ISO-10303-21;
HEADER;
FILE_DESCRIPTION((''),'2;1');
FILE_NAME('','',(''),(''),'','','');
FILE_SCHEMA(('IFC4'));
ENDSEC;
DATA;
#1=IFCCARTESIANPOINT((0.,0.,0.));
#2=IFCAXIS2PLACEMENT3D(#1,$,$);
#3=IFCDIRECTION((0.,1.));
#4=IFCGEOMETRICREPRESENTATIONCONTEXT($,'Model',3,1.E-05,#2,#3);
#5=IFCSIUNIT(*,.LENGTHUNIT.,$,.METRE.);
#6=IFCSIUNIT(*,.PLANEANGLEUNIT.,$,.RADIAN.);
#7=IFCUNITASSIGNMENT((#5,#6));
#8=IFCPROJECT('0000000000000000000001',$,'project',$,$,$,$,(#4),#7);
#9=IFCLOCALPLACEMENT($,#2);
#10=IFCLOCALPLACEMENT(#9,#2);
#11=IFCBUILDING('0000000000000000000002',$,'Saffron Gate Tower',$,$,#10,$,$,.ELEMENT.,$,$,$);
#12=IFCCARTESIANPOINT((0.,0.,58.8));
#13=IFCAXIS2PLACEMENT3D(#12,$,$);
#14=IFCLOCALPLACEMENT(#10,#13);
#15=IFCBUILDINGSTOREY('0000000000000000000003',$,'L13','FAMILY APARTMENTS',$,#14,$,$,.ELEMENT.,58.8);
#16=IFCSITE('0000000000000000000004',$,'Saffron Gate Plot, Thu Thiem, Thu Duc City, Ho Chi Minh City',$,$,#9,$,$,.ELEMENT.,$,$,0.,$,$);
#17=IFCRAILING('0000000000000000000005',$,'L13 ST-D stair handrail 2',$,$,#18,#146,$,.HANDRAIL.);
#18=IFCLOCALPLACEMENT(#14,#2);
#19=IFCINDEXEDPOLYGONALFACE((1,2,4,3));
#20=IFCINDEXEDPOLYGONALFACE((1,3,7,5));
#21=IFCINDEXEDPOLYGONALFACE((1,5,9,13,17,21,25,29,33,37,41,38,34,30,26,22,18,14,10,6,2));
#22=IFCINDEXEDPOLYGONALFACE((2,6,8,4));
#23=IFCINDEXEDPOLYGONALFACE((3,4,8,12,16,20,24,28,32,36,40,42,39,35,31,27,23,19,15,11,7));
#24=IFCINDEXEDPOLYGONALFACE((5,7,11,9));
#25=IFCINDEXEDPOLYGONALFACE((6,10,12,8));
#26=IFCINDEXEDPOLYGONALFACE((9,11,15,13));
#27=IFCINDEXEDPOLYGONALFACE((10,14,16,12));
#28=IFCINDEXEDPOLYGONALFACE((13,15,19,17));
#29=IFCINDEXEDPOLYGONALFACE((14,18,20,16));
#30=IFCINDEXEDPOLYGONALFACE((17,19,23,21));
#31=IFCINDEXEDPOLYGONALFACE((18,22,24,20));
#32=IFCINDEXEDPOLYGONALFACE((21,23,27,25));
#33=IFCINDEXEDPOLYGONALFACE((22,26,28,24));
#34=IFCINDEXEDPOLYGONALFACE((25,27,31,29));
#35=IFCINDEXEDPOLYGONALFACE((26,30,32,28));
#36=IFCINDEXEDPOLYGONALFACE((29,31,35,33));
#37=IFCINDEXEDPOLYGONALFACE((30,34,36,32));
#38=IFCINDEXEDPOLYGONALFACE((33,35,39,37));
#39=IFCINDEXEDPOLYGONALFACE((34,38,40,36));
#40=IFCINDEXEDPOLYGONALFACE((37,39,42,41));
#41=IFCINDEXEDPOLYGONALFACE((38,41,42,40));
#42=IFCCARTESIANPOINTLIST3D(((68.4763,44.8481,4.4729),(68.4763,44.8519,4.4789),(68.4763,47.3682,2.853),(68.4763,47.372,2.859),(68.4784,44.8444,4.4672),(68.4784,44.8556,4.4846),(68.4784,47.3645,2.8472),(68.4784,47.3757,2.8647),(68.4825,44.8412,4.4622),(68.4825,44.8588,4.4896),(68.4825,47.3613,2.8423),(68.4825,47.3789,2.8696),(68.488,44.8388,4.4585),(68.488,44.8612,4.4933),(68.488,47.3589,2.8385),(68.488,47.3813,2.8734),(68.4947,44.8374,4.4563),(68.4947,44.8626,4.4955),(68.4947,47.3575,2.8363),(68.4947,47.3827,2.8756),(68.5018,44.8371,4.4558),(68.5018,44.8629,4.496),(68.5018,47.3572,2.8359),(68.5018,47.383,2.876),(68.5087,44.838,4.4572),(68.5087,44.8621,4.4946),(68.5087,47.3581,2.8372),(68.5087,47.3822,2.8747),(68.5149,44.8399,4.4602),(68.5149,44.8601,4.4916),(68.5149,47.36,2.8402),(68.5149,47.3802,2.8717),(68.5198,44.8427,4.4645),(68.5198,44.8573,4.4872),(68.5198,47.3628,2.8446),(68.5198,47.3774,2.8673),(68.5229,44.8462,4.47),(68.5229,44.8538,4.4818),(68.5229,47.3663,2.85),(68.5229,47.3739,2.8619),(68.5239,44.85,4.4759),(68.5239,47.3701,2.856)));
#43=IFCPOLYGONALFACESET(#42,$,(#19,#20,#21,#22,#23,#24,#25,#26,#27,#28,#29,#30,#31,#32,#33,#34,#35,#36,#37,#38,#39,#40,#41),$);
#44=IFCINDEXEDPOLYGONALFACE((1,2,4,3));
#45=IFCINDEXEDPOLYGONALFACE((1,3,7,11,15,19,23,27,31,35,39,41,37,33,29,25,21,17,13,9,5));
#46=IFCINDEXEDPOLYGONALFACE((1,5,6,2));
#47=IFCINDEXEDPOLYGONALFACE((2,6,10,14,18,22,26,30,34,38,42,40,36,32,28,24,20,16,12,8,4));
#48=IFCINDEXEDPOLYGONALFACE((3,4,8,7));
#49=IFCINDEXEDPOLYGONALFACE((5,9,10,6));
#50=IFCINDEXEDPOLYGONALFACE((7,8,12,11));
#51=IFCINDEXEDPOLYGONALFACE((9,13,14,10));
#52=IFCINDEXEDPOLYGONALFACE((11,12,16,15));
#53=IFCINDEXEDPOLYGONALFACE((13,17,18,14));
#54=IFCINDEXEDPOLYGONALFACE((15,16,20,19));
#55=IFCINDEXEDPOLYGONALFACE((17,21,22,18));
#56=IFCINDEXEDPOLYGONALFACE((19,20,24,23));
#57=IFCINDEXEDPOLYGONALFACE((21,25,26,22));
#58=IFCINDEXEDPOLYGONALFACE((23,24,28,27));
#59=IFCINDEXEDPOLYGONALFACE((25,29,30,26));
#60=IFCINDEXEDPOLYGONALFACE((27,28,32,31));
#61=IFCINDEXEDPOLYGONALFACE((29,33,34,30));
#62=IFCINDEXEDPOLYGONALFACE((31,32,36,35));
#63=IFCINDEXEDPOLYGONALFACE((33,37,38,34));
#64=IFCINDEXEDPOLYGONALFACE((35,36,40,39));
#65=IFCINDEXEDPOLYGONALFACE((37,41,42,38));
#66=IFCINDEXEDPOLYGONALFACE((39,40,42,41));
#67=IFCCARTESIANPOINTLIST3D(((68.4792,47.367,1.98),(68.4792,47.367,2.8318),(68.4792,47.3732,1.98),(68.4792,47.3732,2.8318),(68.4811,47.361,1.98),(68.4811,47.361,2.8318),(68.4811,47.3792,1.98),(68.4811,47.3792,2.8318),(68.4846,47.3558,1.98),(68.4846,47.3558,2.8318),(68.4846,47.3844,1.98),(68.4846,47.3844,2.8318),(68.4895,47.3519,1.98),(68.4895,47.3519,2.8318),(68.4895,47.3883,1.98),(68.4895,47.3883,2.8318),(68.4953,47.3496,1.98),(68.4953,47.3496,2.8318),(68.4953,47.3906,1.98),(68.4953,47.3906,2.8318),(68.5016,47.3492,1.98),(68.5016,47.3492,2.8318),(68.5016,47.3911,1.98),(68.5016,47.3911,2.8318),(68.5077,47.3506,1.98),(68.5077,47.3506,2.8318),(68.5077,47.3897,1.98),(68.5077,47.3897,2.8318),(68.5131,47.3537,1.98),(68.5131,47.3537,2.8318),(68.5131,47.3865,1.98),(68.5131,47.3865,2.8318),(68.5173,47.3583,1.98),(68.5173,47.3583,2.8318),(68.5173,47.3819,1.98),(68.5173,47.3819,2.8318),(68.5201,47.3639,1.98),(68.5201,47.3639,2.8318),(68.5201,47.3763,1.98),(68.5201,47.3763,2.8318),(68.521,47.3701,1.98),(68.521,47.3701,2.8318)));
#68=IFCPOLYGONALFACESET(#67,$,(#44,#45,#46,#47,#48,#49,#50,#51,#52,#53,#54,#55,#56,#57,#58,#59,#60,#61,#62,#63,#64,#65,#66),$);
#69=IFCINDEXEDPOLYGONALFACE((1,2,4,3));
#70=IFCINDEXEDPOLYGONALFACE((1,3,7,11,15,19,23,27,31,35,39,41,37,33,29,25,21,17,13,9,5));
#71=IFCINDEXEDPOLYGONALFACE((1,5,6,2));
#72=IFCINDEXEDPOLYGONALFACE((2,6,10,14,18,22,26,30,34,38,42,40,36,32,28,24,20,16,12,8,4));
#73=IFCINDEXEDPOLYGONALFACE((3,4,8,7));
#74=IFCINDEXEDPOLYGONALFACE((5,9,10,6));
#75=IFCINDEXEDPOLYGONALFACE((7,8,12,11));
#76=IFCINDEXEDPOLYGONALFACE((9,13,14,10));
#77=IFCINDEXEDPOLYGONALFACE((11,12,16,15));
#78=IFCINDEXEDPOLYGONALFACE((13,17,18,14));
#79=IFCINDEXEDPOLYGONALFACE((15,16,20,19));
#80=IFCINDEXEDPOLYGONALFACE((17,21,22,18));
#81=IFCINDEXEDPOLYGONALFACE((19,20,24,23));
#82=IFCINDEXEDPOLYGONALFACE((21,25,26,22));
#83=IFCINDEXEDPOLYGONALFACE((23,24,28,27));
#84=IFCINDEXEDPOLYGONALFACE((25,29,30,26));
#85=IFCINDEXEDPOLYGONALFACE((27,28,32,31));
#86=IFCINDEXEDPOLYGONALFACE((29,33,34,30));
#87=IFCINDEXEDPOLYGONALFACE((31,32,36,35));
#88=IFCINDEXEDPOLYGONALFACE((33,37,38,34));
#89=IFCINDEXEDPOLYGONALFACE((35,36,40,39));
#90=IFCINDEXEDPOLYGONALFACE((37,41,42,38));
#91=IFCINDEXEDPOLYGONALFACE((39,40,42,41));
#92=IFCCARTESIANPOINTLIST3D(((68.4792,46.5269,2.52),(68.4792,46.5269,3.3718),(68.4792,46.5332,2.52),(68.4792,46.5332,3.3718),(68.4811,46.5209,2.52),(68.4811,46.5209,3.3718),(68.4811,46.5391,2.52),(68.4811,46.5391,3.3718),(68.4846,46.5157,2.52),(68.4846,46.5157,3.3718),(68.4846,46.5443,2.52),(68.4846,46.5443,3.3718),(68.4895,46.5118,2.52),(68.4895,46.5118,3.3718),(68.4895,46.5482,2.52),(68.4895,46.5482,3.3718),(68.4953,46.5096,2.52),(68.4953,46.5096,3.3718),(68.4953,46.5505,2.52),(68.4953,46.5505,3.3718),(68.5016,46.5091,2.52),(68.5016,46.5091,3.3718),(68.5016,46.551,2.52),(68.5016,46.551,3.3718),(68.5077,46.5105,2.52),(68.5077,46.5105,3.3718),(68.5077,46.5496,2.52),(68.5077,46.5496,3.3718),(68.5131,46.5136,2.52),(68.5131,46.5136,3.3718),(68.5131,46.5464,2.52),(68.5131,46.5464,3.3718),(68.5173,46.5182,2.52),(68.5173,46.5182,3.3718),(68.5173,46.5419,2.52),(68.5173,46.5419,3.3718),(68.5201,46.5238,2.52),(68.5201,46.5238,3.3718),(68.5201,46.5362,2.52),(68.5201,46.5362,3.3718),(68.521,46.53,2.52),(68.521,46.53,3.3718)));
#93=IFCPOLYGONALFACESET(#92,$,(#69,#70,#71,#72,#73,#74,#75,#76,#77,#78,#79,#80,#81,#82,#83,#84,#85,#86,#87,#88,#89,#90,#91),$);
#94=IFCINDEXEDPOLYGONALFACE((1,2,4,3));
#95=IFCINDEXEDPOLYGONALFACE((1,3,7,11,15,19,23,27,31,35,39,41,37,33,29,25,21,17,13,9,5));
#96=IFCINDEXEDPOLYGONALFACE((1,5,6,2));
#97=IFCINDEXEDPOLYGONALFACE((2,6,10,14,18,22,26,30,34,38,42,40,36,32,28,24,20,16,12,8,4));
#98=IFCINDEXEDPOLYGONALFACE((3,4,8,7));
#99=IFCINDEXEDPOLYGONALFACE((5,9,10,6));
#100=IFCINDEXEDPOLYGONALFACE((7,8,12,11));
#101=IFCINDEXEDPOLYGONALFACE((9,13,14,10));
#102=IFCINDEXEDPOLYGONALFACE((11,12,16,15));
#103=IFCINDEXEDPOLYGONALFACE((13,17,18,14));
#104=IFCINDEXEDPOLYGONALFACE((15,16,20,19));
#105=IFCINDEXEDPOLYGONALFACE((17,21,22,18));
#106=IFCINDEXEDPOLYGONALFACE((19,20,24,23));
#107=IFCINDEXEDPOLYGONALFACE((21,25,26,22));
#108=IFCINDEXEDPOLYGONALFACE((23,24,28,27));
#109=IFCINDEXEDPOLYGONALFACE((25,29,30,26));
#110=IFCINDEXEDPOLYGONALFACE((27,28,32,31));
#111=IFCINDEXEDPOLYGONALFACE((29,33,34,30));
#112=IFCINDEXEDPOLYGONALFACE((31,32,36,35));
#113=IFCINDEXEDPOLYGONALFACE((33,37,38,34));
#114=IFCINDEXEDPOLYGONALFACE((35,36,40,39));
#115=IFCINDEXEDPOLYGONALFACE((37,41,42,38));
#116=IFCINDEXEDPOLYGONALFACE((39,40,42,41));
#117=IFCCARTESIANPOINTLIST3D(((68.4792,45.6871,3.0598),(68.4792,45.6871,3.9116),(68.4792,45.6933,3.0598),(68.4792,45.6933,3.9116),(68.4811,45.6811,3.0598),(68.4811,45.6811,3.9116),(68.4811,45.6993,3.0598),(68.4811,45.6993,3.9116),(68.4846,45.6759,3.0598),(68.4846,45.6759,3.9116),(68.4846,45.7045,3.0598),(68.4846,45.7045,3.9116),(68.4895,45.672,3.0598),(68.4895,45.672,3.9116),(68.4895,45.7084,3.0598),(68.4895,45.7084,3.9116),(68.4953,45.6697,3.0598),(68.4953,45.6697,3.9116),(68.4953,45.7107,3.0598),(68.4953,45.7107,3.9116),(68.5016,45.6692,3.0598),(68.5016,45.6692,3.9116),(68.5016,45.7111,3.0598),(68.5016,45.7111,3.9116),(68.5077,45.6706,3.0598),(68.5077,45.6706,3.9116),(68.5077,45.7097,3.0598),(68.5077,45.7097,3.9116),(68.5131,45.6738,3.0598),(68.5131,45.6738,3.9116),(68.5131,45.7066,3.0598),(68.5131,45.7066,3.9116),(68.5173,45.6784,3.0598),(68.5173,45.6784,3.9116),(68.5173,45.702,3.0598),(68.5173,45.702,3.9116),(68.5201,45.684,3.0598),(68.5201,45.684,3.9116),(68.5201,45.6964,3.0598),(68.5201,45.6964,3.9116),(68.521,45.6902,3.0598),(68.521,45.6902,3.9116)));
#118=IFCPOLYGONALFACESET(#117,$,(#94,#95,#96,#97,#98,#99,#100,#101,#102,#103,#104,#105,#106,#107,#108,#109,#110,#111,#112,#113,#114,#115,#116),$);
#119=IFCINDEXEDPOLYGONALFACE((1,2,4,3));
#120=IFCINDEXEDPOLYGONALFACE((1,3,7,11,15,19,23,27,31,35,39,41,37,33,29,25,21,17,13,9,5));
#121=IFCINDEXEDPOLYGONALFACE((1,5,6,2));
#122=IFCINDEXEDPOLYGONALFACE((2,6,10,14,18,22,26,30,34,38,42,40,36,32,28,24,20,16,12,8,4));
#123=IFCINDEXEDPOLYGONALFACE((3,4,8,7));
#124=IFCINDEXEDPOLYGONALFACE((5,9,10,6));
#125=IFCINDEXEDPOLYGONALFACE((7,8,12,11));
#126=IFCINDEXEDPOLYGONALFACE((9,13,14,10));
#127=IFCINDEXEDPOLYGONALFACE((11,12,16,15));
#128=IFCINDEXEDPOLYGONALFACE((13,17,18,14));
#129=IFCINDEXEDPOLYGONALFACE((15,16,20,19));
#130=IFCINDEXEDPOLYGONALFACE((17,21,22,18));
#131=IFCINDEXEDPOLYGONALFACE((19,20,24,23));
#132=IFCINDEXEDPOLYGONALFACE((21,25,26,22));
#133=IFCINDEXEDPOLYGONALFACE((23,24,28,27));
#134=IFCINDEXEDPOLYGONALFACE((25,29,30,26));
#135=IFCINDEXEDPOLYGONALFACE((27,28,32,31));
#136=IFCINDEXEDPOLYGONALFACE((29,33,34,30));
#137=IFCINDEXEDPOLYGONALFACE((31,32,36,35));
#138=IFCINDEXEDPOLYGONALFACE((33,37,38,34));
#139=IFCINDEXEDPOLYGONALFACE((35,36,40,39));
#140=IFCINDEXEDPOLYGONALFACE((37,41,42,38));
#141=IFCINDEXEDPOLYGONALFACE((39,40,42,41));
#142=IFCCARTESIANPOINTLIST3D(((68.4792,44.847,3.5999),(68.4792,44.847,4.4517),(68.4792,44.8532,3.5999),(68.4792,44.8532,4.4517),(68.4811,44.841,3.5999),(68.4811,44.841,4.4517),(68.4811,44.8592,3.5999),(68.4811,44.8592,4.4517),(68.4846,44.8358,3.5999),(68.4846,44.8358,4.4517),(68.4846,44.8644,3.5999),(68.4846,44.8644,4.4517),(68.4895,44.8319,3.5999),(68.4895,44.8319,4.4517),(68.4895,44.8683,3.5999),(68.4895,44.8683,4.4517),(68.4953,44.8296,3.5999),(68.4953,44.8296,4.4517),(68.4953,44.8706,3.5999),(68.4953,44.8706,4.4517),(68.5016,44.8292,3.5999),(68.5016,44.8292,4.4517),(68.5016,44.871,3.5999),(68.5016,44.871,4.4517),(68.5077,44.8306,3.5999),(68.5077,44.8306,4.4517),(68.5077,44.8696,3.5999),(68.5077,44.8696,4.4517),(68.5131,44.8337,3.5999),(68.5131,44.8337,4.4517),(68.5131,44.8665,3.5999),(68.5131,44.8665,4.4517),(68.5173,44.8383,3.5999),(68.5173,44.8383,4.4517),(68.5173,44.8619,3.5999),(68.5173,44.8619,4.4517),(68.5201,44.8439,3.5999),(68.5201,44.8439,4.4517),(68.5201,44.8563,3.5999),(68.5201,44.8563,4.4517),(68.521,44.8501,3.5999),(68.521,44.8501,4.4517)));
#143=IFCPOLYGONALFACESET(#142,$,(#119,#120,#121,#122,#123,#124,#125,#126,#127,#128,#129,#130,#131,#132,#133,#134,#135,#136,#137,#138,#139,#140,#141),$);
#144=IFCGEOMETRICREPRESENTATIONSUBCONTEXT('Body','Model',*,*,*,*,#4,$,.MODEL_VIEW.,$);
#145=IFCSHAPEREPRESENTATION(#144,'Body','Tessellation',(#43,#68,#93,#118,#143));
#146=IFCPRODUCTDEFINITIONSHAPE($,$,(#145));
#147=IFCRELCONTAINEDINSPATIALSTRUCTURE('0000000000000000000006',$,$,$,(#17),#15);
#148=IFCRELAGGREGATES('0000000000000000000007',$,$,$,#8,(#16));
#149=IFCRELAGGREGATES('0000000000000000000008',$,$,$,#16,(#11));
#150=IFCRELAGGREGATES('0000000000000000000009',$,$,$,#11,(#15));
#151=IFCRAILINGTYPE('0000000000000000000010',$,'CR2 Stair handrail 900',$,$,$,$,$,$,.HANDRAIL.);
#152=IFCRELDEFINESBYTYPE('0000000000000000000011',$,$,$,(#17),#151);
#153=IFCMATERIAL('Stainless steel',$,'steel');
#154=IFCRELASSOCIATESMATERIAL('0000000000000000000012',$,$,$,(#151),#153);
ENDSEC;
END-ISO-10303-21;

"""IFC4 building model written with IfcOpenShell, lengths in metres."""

from ifc_helpers import new_model, si_unit, direction, frame, origin, origin_2d, place, context, subcontext, project, spatial, circle, extrude, material, type_object, element, save


model = new_model("IFC4")

# Units and contexts
model_context = context("Model", 3, precision=1e-05, world=origin(), true_north=direction((0.0, 1.0)))
body_context = subcontext(model_context, "Body", "Model", "MODEL_VIEW")
ifc_project = project(units=[si_unit("LENGTHUNIT", "METRE"), si_unit("PLANEANGLEUNIT", "RADIAN")], contexts=[model_context])

# Site, building, storey
site_placement = place(None, origin())
site = spatial("IfcSite", under=ifc_project, at=site_placement, Name="Saffron Gate Plot, Thu Thiem, Thu Duc City, Ho Chi Minh City", CompositionType="ELEMENT", RefElevation=0.0)
building_placement = place(site_placement, origin())
building = spatial("IfcBuilding", under=site, at=building_placement, Name="Saffron Gate Tower", CompositionType="ELEMENT")
storey_placement = place(building_placement, frame((0.0, 0.0, 58.8)))
storey = spatial("IfcBuildingStorey", under=building, at=storey_placement, Name="L13", Description="FAMILY APARTMENTS", CompositionType="ELEMENT", Elevation=58.8)

# Railing
ifc_material_1 = material(Name="Stainless steel", Category="steel")
railing_type_1 = type_object("IfcRailingType", Name="CR2 Stair handrail 900", PredefinedType="HANDRAIL", material=ifc_material_1)
railing_1_placement = place(storey_placement, frame((68.5, 47.3701, 1.98)))
element("IfcRailing", 1, at=railing_1_placement, inside=storey, type_object=railing_type_1, Name="L13 ST-D stair handrail 2", PredefinedType="HANDRAIL", context=body_context, shape_type="SweptSolid", body=[
    extrude(circle(Radius=0.0239, at=origin_2d()), frame((0.0, 0.0, 0.876), z_axis=(0.0, -0.8412, 0.540725), x_axis=(1.0, 0.0, 0.0)), (0.0, 0.0, 1.0), 2.9958),
    extrude(circle(Radius=0.021, at=origin_2d()), origin(), (0.0, 0.0, 1.0), 0.8518),
    extrude(circle(Radius=0.021, at=origin_2d()), frame((0.0, -0.8401, 0.54)), (0.0, 0.0, 1.0), 0.8518),
    extrude(circle(Radius=0.021, at=origin_2d()), frame((0.0, -1.6799, 1.0798)), (0.0, 0.0, 1.0), 0.8518),
    extrude(circle(Radius=0.021, at=origin_2d()), frame((0.0, -2.52, 1.6199)), (0.0, 0.0, 1.0), 0.8518),
])

save(model, "model.ifc")
